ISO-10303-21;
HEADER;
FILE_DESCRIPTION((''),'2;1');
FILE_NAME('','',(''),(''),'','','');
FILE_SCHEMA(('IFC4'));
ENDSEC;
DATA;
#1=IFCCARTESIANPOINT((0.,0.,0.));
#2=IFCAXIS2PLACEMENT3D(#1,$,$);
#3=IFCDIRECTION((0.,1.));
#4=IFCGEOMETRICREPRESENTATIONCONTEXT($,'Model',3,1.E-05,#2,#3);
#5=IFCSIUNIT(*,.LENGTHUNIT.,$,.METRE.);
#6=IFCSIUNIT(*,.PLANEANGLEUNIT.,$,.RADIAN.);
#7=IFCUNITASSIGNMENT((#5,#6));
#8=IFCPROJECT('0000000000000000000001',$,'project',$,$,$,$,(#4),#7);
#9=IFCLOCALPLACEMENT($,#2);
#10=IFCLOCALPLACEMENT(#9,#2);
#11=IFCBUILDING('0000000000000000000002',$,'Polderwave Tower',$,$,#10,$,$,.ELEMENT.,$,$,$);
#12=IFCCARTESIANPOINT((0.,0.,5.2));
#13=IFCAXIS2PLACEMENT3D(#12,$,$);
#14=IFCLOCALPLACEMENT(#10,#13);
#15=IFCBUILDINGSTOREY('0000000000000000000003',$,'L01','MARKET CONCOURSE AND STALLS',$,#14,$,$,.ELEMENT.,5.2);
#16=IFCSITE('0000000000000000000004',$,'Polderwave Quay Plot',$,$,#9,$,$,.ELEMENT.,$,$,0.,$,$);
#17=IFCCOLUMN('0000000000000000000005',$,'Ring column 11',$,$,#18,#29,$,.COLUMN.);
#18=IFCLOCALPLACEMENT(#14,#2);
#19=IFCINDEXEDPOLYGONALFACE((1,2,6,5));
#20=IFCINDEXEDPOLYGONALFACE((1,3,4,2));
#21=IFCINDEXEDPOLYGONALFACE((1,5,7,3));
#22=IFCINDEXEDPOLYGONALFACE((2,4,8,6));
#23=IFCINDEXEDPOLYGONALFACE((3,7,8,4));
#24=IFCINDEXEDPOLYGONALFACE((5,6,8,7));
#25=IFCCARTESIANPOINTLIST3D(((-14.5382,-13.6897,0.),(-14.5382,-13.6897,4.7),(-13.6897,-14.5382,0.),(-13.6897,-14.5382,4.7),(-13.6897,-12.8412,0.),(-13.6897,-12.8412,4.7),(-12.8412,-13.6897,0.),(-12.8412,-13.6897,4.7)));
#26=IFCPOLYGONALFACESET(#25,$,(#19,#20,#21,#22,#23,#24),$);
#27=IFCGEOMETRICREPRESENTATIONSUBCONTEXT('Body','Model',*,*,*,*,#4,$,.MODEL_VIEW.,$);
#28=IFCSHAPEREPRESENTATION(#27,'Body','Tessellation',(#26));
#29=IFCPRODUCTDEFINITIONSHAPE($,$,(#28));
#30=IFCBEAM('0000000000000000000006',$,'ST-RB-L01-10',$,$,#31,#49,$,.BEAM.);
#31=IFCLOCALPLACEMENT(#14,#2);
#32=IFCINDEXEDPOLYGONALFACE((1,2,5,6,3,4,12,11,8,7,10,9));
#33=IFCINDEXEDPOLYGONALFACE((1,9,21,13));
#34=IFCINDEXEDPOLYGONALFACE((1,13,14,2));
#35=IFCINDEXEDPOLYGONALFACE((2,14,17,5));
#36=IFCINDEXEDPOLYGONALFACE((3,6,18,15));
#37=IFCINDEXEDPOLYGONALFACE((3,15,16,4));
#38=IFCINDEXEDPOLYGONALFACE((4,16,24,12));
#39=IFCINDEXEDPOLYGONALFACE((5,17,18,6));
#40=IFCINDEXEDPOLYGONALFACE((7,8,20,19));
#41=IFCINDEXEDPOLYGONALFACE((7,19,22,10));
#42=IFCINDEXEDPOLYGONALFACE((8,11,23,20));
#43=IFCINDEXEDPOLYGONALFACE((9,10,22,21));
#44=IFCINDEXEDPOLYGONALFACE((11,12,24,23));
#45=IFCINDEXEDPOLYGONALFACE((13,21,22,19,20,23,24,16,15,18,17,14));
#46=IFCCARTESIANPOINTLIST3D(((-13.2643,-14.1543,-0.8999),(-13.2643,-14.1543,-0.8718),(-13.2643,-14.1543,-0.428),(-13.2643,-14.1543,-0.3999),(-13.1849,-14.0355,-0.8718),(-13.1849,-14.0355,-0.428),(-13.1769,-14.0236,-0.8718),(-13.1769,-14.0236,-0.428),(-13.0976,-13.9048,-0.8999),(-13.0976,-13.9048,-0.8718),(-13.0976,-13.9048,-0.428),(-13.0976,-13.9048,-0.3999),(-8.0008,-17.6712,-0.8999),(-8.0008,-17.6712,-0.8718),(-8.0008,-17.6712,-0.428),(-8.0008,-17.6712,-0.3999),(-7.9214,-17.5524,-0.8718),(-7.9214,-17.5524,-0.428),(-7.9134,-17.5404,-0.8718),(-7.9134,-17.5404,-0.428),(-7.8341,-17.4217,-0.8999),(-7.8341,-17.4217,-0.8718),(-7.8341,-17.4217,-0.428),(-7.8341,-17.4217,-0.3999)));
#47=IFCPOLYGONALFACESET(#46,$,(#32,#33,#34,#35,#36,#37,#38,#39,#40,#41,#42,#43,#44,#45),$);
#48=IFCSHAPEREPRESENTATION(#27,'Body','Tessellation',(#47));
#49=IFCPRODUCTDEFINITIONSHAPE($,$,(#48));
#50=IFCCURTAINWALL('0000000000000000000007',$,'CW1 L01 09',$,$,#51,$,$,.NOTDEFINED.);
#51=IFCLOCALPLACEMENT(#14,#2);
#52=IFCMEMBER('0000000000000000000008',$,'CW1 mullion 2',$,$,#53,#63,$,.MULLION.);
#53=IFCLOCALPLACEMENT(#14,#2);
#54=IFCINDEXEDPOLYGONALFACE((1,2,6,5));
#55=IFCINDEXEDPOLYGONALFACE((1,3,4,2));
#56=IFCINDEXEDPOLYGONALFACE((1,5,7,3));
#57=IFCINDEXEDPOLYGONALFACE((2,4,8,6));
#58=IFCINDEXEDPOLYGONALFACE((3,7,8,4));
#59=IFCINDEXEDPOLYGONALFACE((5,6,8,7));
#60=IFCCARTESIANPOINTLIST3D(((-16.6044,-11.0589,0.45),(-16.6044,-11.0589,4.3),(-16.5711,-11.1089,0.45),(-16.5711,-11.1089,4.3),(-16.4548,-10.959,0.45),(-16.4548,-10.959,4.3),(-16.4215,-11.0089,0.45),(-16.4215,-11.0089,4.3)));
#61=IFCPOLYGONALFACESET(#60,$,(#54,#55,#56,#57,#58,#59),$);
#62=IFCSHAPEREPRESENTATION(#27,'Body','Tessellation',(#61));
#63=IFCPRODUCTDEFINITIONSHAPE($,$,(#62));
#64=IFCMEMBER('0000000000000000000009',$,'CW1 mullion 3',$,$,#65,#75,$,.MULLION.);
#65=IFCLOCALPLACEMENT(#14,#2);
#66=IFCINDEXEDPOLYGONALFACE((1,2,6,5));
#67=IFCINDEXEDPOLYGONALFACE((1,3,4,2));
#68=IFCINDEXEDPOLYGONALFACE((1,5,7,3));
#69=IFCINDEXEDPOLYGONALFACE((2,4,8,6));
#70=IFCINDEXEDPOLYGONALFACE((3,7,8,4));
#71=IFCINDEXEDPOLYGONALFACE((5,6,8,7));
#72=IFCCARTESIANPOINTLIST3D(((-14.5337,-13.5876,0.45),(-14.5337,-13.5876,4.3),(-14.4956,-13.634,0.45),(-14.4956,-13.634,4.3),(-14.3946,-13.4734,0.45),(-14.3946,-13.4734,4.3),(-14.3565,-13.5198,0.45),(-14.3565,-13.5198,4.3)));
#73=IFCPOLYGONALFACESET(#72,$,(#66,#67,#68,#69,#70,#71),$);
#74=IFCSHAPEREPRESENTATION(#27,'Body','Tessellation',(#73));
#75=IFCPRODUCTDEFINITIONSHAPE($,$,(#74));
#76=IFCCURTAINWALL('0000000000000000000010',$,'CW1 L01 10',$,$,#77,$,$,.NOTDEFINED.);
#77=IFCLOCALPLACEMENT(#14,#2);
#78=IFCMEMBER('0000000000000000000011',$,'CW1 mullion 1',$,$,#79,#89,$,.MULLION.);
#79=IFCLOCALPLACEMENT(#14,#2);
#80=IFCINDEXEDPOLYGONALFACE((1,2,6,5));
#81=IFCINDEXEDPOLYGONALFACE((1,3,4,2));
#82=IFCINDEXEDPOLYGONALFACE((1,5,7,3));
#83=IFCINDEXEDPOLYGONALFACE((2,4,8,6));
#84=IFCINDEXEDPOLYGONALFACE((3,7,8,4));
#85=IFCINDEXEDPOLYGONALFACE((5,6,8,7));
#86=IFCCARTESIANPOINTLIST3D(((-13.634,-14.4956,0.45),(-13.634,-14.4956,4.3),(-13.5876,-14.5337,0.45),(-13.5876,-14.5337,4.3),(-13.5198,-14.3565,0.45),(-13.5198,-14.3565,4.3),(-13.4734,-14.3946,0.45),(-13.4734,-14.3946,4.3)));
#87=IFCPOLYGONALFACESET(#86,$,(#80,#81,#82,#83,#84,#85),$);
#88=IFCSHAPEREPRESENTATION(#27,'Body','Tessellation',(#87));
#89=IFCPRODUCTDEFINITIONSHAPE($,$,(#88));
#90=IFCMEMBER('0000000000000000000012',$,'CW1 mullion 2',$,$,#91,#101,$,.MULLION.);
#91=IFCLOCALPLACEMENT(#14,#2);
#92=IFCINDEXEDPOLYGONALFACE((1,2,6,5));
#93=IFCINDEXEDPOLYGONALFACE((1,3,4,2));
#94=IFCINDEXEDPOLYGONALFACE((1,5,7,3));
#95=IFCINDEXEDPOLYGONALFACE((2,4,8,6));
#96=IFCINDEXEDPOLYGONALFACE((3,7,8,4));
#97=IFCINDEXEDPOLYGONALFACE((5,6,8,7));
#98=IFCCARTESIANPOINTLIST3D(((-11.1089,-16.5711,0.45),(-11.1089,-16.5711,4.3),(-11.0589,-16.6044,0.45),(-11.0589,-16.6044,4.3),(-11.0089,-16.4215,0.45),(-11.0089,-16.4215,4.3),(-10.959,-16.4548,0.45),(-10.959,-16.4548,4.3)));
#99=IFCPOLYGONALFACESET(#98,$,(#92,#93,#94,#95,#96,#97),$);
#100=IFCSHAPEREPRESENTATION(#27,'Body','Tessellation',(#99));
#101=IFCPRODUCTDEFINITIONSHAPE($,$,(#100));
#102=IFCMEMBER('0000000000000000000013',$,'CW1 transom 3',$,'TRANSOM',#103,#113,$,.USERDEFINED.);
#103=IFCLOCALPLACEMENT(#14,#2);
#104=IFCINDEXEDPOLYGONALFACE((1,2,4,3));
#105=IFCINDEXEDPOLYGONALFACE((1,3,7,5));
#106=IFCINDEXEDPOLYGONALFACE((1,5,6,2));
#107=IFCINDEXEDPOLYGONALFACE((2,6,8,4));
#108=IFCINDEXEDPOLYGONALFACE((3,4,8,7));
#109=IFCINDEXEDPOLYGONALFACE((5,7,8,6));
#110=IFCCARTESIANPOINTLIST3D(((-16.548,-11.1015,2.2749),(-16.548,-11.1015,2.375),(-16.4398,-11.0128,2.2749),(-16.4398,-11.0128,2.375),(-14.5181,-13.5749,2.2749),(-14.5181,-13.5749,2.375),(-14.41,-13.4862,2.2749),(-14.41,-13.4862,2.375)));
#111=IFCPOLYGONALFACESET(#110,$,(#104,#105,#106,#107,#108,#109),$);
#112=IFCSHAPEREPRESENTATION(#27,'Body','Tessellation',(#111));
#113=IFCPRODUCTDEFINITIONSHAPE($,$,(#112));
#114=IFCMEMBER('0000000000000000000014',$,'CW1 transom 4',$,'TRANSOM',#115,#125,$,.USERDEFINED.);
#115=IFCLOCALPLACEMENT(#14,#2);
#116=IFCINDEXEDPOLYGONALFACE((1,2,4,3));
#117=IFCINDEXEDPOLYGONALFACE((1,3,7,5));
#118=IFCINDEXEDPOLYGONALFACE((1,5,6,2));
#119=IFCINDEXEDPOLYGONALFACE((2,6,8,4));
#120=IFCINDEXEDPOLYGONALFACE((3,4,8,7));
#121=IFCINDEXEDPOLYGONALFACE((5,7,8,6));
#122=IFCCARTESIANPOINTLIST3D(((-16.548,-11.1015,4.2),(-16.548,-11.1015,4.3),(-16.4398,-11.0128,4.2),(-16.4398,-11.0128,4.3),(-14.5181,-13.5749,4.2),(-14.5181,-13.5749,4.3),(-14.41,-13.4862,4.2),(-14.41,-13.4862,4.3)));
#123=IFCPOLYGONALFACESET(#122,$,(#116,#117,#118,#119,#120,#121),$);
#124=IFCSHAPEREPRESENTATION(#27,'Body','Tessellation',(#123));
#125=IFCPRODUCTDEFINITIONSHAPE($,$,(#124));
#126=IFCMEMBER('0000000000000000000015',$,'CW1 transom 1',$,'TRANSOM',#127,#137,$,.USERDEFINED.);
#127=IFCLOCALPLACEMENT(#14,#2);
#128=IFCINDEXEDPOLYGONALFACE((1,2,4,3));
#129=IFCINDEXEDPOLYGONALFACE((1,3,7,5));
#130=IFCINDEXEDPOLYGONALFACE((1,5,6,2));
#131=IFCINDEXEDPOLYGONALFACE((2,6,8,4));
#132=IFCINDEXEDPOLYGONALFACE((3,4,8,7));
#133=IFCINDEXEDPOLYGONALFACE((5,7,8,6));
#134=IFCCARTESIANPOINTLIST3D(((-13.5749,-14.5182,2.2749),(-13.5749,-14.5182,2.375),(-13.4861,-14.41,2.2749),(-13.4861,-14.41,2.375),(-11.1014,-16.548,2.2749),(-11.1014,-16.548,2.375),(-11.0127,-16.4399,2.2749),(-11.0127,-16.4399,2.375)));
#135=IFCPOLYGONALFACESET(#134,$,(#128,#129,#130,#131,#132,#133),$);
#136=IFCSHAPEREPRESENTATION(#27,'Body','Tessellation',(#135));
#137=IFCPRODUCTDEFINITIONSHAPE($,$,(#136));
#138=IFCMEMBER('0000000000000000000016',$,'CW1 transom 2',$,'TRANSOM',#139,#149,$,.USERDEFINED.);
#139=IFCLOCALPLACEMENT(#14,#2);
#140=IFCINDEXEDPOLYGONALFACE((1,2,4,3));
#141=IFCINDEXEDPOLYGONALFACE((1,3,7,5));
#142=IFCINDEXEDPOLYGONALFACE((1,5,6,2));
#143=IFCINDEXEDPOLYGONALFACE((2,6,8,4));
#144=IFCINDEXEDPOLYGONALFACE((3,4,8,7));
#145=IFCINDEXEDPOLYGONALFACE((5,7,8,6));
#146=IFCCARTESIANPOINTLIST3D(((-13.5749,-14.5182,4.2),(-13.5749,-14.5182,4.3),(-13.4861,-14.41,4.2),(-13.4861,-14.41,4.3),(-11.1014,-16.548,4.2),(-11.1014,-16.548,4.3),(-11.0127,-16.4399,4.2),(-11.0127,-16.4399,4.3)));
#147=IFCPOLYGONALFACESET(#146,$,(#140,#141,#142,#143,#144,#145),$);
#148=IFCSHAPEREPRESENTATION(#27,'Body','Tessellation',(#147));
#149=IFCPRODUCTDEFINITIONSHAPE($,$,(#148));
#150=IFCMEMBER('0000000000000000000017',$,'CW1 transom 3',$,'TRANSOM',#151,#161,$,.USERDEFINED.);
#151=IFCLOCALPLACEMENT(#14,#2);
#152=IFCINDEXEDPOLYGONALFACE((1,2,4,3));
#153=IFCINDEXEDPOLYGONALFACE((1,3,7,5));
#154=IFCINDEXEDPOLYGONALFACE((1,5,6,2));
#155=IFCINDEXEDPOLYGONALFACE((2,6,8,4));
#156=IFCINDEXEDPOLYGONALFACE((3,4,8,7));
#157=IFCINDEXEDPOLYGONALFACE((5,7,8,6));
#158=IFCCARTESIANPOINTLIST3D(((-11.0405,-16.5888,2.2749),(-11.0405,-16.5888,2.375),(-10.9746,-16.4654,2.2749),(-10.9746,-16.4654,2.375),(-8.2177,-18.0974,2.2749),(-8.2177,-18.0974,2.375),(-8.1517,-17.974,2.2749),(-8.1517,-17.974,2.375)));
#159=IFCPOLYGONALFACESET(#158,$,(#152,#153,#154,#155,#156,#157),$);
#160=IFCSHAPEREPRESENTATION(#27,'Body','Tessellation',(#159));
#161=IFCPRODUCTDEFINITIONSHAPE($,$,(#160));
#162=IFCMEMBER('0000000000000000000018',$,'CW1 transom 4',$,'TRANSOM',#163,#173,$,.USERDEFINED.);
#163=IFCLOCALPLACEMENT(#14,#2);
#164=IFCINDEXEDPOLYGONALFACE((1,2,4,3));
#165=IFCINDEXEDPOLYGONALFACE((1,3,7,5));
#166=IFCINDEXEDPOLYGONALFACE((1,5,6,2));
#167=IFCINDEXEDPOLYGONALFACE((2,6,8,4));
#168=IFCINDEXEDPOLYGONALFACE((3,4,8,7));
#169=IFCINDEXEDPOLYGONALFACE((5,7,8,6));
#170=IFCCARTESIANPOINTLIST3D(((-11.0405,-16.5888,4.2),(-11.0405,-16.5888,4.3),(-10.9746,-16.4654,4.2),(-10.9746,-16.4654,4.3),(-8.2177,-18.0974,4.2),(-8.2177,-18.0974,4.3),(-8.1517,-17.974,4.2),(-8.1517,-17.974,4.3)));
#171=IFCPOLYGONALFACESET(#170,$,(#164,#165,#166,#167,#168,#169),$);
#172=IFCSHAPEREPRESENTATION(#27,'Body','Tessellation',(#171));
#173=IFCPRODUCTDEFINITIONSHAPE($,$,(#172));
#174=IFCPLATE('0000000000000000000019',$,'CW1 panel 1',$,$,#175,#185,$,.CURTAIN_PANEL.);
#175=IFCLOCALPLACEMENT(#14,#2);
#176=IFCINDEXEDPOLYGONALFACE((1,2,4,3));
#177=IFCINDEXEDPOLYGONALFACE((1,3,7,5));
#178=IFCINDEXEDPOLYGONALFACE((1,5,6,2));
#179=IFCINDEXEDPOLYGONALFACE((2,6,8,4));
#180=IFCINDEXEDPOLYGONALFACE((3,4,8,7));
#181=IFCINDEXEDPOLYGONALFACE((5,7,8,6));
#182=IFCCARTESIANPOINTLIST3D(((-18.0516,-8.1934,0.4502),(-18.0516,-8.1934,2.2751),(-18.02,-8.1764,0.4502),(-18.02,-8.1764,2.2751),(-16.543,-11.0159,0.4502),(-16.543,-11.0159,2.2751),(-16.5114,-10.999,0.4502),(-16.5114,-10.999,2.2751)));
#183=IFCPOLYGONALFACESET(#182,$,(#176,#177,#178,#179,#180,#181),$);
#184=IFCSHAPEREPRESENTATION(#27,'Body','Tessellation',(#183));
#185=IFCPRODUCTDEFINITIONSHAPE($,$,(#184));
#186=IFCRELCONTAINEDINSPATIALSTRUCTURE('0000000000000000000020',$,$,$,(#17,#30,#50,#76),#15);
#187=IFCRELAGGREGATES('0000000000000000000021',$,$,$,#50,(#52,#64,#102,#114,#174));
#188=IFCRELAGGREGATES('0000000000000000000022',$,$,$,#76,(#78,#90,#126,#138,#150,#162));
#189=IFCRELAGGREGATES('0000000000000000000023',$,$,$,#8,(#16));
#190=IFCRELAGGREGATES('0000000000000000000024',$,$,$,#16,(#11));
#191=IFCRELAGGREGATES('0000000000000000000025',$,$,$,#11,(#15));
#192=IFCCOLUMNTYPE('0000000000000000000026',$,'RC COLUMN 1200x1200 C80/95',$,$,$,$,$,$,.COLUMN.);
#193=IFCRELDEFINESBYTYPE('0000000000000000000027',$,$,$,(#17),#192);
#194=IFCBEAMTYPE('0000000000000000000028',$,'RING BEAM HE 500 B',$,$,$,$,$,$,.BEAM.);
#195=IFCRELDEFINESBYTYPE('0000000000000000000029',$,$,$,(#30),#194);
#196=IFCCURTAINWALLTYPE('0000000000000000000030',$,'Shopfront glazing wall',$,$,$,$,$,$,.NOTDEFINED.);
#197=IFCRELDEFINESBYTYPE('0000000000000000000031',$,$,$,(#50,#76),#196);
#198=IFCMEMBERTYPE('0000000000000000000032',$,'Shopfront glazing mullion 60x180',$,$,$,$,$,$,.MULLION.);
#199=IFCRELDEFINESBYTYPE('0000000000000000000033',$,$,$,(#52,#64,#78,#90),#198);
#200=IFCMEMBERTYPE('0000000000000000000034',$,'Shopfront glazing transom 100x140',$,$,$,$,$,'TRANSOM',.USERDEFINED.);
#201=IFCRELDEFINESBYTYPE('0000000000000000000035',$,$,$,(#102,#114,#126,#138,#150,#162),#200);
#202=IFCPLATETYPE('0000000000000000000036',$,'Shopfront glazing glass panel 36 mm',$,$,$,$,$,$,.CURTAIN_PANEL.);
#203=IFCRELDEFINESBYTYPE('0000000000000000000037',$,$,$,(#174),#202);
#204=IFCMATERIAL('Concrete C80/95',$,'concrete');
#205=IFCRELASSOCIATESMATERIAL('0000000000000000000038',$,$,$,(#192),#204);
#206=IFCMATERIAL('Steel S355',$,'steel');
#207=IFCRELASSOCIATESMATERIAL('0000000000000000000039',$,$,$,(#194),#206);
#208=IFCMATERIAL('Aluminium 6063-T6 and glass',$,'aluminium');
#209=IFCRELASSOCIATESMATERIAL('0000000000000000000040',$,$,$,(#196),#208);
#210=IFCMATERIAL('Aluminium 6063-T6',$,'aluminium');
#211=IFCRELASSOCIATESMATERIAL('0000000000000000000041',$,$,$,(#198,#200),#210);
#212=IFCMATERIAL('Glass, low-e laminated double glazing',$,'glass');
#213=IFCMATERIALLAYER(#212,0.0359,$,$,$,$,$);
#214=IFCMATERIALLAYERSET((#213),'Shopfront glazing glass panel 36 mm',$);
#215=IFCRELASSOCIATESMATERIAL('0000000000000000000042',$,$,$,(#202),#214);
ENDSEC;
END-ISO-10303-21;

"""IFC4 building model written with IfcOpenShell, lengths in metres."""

from ifc_helpers import new_model, si_unit, direction, frame, origin, origin_2d, place, context, subcontext, project, spatial, rectangle, i_section, extrude, material, layer, layer_set, material_profile, profile_set, type_object, element, aggregate, save


model = new_model("IFC4")

# Units and contexts
model_context = context("Model", 3, precision=1e-05, world=origin(), true_north=direction((0.0, 1.0)))
body_context = subcontext(model_context, "Body", "Model", "MODEL_VIEW")
ifc_project = project(units=[si_unit("LENGTHUNIT", "METRE"), si_unit("PLANEANGLEUNIT", "RADIAN")], contexts=[model_context])

# Site, building, storey
site_placement = place(None, origin())
site = spatial("IfcSite", under=ifc_project, at=site_placement, Name="Polderwave Quay Plot", CompositionType="ELEMENT", RefElevation=0.0)
building_placement = place(site_placement, origin())
building = spatial("IfcBuilding", under=site, at=building_placement, Name="Polderwave Tower", CompositionType="ELEMENT")
storey_placement = place(building_placement, frame((0.0, 0.0, 5.2)))
storey = spatial("IfcBuildingStorey", under=building, at=storey_placement, Name="L01", Description="MARKET CONCOURSE AND STALLS", CompositionType="ELEMENT", Elevation=5.2)

# Column
ifc_material_1 = material(Name="Concrete C80/95", Category="concrete")
ifc_material_profile_1 = material_profile(ifc_material_1, rectangle(XDim=1.2, YDim=1.2, at=origin_2d()), Name="RC 1200x1200")
ifc_profile_set_1 = profile_set([ifc_material_profile_1], Name="Concrete C80/95")
column_type = type_object("IfcColumnType", Name="RC COLUMN 1200x1200 C80/95", PredefinedType="COLUMN", material=ifc_profile_set_1)
column_placement = place(storey_placement, frame((-13.6897, -13.6897, 0.0), z_axis=(0.0, 0.0, 1.0), x_axis=(-0.707107, -0.707107, 0.0)))
element("IfcColumn", 1, at=column_placement, inside=storey, type_object=column_type, Name="Ring column 11", PredefinedType="COLUMN", context=body_context, shape_type="SweptSolid", body=[
    extrude(rectangle(XDim=1.2, YDim=1.2, at=origin_2d()), origin(), (0.0, 0.0, 1.0), 4.7),
])

# Beam
ifc_material_2 = material(Name="Steel S355", Category="steel")
ifc_material_profile_2 = material_profile(ifc_material_2, i_section(OverallWidth=0.3, OverallDepth=0.5, WebThickness=0.0144, FlangeThickness=0.0281, at=origin_2d()), Name="HE 500 B")
ifc_profile_set_2 = profile_set([ifc_material_profile_2], Name="Steel S355")
beam_type = type_object("IfcBeamType", Name="RING BEAM HE 500 B", PredefinedType="BEAM", material=ifc_profile_set_2)
beam_placement = place(storey_placement, frame((-13.1809, -14.0295, -0.6499), z_axis=(0.831474, -0.555563, 0.0), x_axis=(0.555563, 0.831474, 0.0)))
element("IfcBeam", 2, at=beam_placement, inside=storey, type_object=beam_type, Name="ST-RB-L01-10", PredefinedType="BEAM", context=body_context, shape_type="SweptSolid", body=[
    extrude(i_section(OverallWidth=0.3, OverallDepth=0.5, WebThickness=0.0144, FlangeThickness=0.0281, at=origin_2d()), origin(), (0.0, 0.0, 1.0), 6.3303),
])

# Curtain walls, members
ifc_material_3 = material(Name="Aluminium 6063-T6 and glass", Category="aluminium")
curtain_wall_type = type_object("IfcCurtainWallType", Name="Shopfront glazing wall", PredefinedType="NOTDEFINED", material=ifc_material_3)
curtain_wall_1_placement = place(storey_placement, origin())
curtain_wall_1 = element("IfcCurtainWall", 3, at=curtain_wall_1_placement, inside=storey, type_object=curtain_wall_type, Name="CW1 L01 09", PredefinedType="NOTDEFINED")
ifc_material_4 = material(Name="Aluminium 6063-T6", Category="aluminium")
ifc_material_profile_3 = material_profile(ifc_material_4, rectangle(XDim=0.1799, YDim=0.0601, at=origin_2d()), Name="AL 60x180")
ifc_profile_set_3 = profile_set([ifc_material_profile_3], Name="Aluminium 6063-T6")
member_type_1 = type_object("IfcMemberType", Name="Shopfront glazing mullion 60x180", PredefinedType="MULLION", material=ifc_profile_set_3)
member_1_placement = place(storey_placement, frame((-16.5129, -11.0339, 0.45), z_axis=(0.0, 0.0, 1.0), x_axis=(0.83148, 0.555554, 0.0)))
member_1 = element("IfcMember", 4, at=member_1_placement, type_object=member_type_1, Name="CW1 mullion 2", PredefinedType="MULLION", context=body_context, shape_type="SweptSolid", body=[
    extrude(rectangle(XDim=0.1799, YDim=0.0601, at=origin_2d()), origin(), (0.0, 0.0, 1.0), 3.8501),
])
member_2_placement = place(storey_placement, frame((-14.4451, -13.5537, 0.45), z_axis=(0.0, 0.0, 1.0), x_axis=(0.773008, 0.634396, 0.0)))
member_2 = element("IfcMember", 5, at=member_2_placement, type_object=member_type_1, Name="CW1 mullion 3", PredefinedType="MULLION", context=body_context, shape_type="SweptSolid", body=[
    extrude(rectangle(XDim=0.1799, YDim=0.0601, at=origin_2d()), origin(), (0.0, 0.0, 1.0), 3.8501),
])
curtain_wall_2_placement = place(storey_placement, origin())
curtain_wall_2 = element("IfcCurtainWall", 6, at=curtain_wall_2_placement, inside=storey, type_object=curtain_wall_type, Name="CW1 L01 10", PredefinedType="NOTDEFINED")
member_3_placement = place(storey_placement, frame((-13.5537, -14.4451, 0.45), z_axis=(0.0, 0.0, 1.0), x_axis=(0.634396, 0.773008, 0.0)))
member_3 = element("IfcMember", 7, at=member_3_placement, type_object=member_type_1, Name="CW1 mullion 1", PredefinedType="MULLION", context=body_context, shape_type="SweptSolid", body=[
    extrude(rectangle(XDim=0.1799, YDim=0.0601, at=origin_2d()), origin(), (0.0, 0.0, 1.0), 3.8501),
])
member_4_placement = place(storey_placement, frame((-11.0339, -16.5129, 0.45), z_axis=(0.0, 0.0, 1.0), x_axis=(0.555554, 0.83148, 0.0)))
member_4 = element("IfcMember", 8, at=member_4_placement, type_object=member_type_1, Name="CW1 mullion 2", PredefinedType="MULLION", context=body_context, shape_type="SweptSolid", body=[
    extrude(rectangle(XDim=0.1799, YDim=0.0601, at=origin_2d()), origin(), (0.0, 0.0, 1.0), 3.8501),
])

# Members
ifc_material_profile_4 = material_profile(ifc_material_4, rectangle(XDim=0.1399, YDim=0.1001, at=origin_2d()), Name="AL 100x140")
ifc_profile_set_4 = profile_set([ifc_material_profile_4], Name="Aluminium 6063-T6")
member_type_2 = type_object("IfcMemberType", Name="Shopfront glazing transom 100x140", ElementType="TRANSOM", PredefinedType="USERDEFINED", material=ifc_profile_set_4)
member_5_placement = place(storey_placement, frame((-16.4939, -11.0571, 2.325), z_axis=(0.63438, -0.773022, 0.0), x_axis=(0.773022, 0.63438, 0.0)))
member_5 = element("IfcMember", 9, at=member_5_placement, type_object=member_type_2, Name="CW1 transom 3", ObjectType="TRANSOM", PredefinedType="USERDEFINED", context=body_context, shape_type="SweptSolid", body=[
    extrude(rectangle(XDim=0.1399, YDim=0.1001, at=origin_2d()), origin(), (0.0, 0.0, 1.0), 3.1997),
])
member_6_placement = place(storey_placement, frame((-16.4939, -11.0571, 4.25), z_axis=(0.63438, -0.773022, 0.0), x_axis=(0.773022, 0.63438, 0.0)))
member_6 = element("IfcMember", 10, at=member_6_placement, type_object=member_type_2, Name="CW1 transom 4", ObjectType="TRANSOM", PredefinedType="USERDEFINED", context=body_context, shape_type="SweptSolid", body=[
    extrude(rectangle(XDim=0.1399, YDim=0.1001, at=origin_2d()), origin(), (0.0, 0.0, 1.0), 3.1997),
])
member_7_placement = place(storey_placement, frame((-13.5305, -14.4641, 2.325), z_axis=(0.773022, -0.63438, 0.0), x_axis=(0.63438, 0.773022, 0.0)))
member_7 = element("IfcMember", 11, at=member_7_placement, type_object=member_type_2, Name="CW1 transom 1", ObjectType="TRANSOM", PredefinedType="USERDEFINED", context=body_context, shape_type="SweptSolid", body=[
    extrude(rectangle(XDim=0.1399, YDim=0.1001, at=origin_2d()), origin(), (0.0, 0.0, 1.0), 3.1997),
])
member_8_placement = place(storey_placement, frame((-13.5305, -14.4641, 4.25), z_axis=(0.773022, -0.63438, 0.0), x_axis=(0.63438, 0.773022, 0.0)))
member_8 = element("IfcMember", 12, at=member_8_placement, type_object=member_type_2, Name="CW1 transom 2", ObjectType="TRANSOM", PredefinedType="USERDEFINED", context=body_context, shape_type="SweptSolid", body=[
    extrude(rectangle(XDim=0.1399, YDim=0.1001, at=origin_2d()), origin(), (0.0, 0.0, 1.0), 3.1997),
])
member_9_placement = place(storey_placement, frame((-11.0076, -16.5271, 2.325), z_axis=(0.881954, -0.471336, 0.0), x_axis=(0.471336, 0.881954, 0.0)))
member_9 = element("IfcMember", 13, at=member_9_placement, type_object=member_type_2, Name="CW1 transom 3", ObjectType="TRANSOM", PredefinedType="USERDEFINED", context=body_context, shape_type="SweptSolid", body=[
    extrude(rectangle(XDim=0.1399, YDim=0.1001, at=origin_2d()), origin(), (0.0, 0.0, 1.0), 3.2007),
])
member_10_placement = place(storey_placement, frame((-11.0076, -16.5271, 4.25), z_axis=(0.881954, -0.471336, 0.0), x_axis=(0.471336, 0.881954, 0.0)))
member_10 = element("IfcMember", 14, at=member_10_placement, type_object=member_type_2, Name="CW1 transom 4", ObjectType="TRANSOM", PredefinedType="USERDEFINED", context=body_context, shape_type="SweptSolid", body=[
    extrude(rectangle(XDim=0.1399, YDim=0.1001, at=origin_2d()), origin(), (0.0, 0.0, 1.0), 3.2007),
])

# Plate
ifc_material_5 = material(Name="Glass, low-e laminated double glazing", Category="glass")
ifc_layer_1 = layer(ifc_material_5, 0.0359)
ifc_layer_set_1 = layer_set([ifc_layer_1], Name="Shopfront glazing glass panel 36 mm")
plate_type = type_object("IfcPlateType", Name="Shopfront glazing glass panel 36 mm", PredefinedType="CURTAIN_PANEL", material=ifc_layer_set_1)
plate_1_placement = place(storey_placement, frame((-17.2815, -9.5962, 0.4502), z_axis=(0.0, 0.0, 1.0), x_axis=(0.471361, -0.88194, 0.0)))
plate_1 = element("IfcPlate", 15, at=plate_1_placement, type_object=plate_type, Name="CW1 panel 1", PredefinedType="CURTAIN_PANEL", context=body_context, shape_type="SweptSolid", body=[
    extrude(rectangle(XDim=3.2004, YDim=0.0359, at=origin_2d()), origin(), (0.0, 0.0, 1.0), 1.825),
])
aggregate(curtain_wall_1, [member_1, member_2, member_5, member_6, plate_1])
aggregate(curtain_wall_2, [member_3, member_4, member_7, member_8, member_9, member_10])

save(model, "model.ifc")
